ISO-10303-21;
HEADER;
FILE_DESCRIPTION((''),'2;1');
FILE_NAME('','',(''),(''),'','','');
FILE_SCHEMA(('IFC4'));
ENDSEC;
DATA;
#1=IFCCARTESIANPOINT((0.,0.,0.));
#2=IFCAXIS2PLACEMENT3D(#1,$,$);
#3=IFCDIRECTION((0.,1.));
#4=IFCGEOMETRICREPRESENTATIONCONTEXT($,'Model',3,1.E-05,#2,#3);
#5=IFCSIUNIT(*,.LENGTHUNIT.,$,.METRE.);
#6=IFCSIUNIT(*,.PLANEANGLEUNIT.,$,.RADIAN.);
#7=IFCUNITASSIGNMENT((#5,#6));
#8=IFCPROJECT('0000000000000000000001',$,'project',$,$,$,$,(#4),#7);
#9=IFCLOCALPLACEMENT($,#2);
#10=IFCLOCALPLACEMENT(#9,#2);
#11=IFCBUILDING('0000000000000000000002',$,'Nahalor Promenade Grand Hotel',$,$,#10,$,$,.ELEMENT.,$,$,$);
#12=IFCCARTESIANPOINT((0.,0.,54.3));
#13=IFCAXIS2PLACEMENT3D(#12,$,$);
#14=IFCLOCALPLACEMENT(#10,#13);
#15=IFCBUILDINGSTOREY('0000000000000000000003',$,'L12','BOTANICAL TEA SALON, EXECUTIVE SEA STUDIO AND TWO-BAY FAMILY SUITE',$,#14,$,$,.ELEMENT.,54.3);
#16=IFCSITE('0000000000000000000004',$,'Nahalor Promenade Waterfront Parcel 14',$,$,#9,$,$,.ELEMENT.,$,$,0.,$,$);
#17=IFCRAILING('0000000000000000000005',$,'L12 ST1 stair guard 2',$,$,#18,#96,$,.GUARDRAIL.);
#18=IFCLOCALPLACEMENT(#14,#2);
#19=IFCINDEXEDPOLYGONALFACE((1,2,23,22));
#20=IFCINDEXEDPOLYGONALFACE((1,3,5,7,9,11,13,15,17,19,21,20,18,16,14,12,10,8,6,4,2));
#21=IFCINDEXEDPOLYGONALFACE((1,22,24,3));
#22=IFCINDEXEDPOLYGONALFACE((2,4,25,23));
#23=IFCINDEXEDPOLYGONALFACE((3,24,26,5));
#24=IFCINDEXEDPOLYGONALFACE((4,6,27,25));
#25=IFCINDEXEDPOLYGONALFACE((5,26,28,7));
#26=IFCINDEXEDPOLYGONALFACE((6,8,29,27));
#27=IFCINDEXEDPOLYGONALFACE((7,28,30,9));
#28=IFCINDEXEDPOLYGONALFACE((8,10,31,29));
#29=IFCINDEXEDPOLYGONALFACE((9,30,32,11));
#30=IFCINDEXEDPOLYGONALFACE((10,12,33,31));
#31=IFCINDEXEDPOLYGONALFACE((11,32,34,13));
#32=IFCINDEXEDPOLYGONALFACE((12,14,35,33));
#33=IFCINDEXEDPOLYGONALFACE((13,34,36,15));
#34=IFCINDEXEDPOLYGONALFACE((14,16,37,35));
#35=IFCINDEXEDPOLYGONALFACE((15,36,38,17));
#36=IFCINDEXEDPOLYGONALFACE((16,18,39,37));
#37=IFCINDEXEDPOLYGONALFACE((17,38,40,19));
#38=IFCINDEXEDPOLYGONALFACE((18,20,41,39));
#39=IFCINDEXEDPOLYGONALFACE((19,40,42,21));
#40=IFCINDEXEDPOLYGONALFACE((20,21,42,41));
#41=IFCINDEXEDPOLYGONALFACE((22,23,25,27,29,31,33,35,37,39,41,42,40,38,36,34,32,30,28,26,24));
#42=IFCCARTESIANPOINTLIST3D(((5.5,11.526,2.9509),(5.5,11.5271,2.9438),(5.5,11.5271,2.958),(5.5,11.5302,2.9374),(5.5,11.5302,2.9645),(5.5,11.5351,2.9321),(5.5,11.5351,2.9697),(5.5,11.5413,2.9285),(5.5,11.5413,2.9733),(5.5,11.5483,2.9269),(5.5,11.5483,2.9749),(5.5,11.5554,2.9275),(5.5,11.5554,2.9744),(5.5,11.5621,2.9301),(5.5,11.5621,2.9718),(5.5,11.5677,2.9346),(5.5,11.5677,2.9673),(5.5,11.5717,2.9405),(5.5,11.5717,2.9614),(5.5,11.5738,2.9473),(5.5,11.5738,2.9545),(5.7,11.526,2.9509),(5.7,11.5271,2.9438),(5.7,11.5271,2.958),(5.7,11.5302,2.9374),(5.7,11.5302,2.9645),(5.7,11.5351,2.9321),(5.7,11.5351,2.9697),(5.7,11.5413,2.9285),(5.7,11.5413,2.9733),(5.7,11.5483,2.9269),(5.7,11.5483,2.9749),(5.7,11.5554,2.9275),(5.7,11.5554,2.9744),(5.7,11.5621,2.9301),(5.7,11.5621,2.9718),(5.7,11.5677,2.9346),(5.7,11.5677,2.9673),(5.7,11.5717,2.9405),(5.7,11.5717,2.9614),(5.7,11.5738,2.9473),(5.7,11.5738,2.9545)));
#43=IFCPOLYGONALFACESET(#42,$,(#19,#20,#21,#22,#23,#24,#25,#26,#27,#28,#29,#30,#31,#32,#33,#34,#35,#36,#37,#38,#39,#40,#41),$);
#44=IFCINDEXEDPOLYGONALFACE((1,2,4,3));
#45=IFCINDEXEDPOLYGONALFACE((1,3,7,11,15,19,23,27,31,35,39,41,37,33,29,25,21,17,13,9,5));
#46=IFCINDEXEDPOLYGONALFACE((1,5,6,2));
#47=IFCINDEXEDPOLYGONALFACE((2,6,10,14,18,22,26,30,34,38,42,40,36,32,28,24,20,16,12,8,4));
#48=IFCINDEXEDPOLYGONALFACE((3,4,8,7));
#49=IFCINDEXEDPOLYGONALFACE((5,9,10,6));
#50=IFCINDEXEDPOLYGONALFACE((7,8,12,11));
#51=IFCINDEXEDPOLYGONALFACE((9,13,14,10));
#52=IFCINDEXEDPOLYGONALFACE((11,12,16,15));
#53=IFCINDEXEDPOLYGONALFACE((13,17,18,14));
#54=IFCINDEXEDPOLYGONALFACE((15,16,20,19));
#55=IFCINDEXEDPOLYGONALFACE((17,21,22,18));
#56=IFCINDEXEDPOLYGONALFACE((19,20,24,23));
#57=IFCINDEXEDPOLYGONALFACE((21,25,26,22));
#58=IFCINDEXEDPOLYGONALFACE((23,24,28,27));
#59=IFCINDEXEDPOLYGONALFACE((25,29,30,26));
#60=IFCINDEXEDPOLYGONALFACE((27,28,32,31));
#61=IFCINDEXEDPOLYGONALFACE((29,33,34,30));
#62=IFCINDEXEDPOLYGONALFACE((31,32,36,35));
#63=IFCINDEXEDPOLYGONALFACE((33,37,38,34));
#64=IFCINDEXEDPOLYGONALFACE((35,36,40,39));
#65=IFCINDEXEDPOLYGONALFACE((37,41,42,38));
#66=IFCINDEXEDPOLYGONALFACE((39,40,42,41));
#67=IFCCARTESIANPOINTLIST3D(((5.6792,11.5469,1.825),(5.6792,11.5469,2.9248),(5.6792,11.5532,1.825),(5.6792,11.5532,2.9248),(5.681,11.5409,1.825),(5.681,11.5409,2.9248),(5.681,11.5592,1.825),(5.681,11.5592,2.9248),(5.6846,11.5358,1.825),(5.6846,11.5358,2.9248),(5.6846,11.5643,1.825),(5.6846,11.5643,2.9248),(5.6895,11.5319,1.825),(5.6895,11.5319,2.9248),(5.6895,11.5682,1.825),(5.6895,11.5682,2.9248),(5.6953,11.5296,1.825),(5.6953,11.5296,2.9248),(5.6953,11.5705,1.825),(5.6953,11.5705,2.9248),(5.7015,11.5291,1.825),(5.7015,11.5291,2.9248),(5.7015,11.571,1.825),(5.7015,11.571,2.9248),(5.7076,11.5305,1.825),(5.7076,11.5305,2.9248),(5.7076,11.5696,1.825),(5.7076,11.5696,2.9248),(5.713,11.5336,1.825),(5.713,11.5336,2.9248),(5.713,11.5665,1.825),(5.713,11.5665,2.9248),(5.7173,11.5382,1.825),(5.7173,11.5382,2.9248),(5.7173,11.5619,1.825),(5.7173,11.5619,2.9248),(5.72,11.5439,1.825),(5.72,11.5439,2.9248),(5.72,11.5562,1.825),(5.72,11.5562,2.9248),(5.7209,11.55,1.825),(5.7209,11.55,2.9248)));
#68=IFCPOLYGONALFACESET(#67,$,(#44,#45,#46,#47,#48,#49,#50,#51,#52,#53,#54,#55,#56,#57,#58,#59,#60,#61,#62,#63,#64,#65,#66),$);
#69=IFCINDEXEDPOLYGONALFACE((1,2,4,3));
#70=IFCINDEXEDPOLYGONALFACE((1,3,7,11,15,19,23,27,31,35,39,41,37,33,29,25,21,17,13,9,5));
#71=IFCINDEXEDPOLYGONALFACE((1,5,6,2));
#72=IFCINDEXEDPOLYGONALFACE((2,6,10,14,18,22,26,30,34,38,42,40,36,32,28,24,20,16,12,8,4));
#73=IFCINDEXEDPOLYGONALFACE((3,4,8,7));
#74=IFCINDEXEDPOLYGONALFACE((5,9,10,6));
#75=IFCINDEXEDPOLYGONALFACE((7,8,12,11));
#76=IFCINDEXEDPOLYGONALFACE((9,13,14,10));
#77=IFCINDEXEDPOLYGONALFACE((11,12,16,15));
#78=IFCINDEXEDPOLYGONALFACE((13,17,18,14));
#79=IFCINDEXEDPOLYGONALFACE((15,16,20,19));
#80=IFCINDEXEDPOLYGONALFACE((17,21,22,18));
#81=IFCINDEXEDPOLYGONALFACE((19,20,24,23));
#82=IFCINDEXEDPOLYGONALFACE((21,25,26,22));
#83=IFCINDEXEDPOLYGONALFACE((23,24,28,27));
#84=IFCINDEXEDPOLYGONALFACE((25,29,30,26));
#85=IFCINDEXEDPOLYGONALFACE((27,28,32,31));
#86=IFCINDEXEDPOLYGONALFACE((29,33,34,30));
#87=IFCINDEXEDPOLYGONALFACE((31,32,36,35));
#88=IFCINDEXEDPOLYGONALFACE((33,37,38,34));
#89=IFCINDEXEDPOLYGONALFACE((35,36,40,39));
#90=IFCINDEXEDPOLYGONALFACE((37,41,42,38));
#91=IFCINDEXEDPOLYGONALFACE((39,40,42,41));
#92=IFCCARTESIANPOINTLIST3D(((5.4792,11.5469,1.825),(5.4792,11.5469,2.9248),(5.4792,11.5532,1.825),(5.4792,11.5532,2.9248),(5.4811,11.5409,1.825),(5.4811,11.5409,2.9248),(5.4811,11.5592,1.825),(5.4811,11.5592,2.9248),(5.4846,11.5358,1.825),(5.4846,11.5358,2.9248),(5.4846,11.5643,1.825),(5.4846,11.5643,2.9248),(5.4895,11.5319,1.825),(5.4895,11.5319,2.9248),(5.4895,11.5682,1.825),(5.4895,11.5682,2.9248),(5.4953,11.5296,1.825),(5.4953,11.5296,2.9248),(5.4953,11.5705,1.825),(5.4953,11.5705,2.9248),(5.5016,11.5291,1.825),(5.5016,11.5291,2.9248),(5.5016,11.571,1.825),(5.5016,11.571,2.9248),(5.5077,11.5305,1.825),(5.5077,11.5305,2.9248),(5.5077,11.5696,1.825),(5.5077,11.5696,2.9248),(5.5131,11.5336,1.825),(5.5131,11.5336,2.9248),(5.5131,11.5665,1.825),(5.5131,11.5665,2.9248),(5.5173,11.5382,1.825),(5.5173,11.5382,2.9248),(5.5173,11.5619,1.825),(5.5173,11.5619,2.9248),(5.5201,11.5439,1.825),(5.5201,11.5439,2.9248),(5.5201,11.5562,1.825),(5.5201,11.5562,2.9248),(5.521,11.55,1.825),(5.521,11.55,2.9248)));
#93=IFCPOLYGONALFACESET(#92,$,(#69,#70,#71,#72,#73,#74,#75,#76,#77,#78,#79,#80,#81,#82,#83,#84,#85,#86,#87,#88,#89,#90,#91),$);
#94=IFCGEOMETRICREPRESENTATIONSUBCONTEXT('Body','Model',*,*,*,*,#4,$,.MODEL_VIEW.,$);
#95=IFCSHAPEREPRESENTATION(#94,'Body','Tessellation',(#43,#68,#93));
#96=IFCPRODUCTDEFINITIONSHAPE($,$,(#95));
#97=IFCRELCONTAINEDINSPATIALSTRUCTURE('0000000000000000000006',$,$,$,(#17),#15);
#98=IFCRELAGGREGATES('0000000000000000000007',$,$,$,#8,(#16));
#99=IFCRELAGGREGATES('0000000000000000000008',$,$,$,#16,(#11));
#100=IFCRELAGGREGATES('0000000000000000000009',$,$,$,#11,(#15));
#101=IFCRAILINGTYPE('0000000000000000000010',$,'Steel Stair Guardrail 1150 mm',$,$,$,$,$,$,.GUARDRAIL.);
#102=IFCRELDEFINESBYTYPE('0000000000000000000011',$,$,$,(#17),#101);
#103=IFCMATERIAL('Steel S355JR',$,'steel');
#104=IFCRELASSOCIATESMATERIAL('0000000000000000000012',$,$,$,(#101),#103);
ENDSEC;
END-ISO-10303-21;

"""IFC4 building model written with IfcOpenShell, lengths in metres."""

from ifc_helpers import new_model, si_unit, direction, frame, origin, origin_2d, place, context, subcontext, project, spatial, circle, extrude, material, type_object, element, save


model = new_model("IFC4")

# Units and contexts
model_context = context("Model", 3, precision=1e-05, world=origin(), true_north=direction((0.0, 1.0)))
body_context = subcontext(model_context, "Body", "Model", "MODEL_VIEW")
ifc_project = project(units=[si_unit("LENGTHUNIT", "METRE"), si_unit("PLANEANGLEUNIT", "RADIAN")], contexts=[model_context])

# Site, building, storey
site_placement = place(None, origin())
site = spatial("IfcSite", under=ifc_project, at=site_placement, Name="Nahalor Promenade Waterfront Parcel 14", CompositionType="ELEMENT", RefElevation=0.0)
building_placement = place(site_placement, origin())
building = spatial("IfcBuilding", under=site, at=building_placement, Name="Nahalor Promenade Grand Hotel", CompositionType="ELEMENT")
storey_placement = place(building_placement, frame((0.0, 0.0, 54.3)))
storey = spatial("IfcBuildingStorey", under=building, at=storey_placement, Name="L12", Description="BOTANICAL TEA SALON, EXECUTIVE SEA STUDIO AND TWO-BAY FAMILY SUITE", CompositionType="ELEMENT", Elevation=54.3)

# Shared definitions
ifc_material_1 = material(Name="Steel S355JR", Category="steel")

# Railing
railing_type = type_object("IfcRailingType", Name="Steel Stair Guardrail 1150 mm", PredefinedType="GUARDRAIL", material=ifc_material_1)
railing_1_placement = place(storey_placement, frame((5.7, 11.55, 1.825)))
element("IfcRailing", 1, at=railing_1_placement, inside=storey, type_object=railing_type, Name="L12 ST1 stair guard 2", PredefinedType="GUARDRAIL", context=body_context, shape_type="SweptSolid", body=[
    extrude(circle(Radius=0.024, at=origin_2d()), frame((0.0, 0.0, 1.126), z_axis=(-1.0, 0.0, 0.0), x_axis=(0.0, -1.0, 0.0)), (0.0, 0.0, 1.0), 0.2),
    extrude(circle(Radius=0.021, at=origin_2d()), origin(), (0.0, 0.0, 1.0), 1.0999),
    extrude(circle(Radius=0.021, at=origin_2d()), frame((-0.2, 0.0, 0.0)), (0.0, 0.0, 1.0), 1.0999),
])

save(model, "model.ifc")
